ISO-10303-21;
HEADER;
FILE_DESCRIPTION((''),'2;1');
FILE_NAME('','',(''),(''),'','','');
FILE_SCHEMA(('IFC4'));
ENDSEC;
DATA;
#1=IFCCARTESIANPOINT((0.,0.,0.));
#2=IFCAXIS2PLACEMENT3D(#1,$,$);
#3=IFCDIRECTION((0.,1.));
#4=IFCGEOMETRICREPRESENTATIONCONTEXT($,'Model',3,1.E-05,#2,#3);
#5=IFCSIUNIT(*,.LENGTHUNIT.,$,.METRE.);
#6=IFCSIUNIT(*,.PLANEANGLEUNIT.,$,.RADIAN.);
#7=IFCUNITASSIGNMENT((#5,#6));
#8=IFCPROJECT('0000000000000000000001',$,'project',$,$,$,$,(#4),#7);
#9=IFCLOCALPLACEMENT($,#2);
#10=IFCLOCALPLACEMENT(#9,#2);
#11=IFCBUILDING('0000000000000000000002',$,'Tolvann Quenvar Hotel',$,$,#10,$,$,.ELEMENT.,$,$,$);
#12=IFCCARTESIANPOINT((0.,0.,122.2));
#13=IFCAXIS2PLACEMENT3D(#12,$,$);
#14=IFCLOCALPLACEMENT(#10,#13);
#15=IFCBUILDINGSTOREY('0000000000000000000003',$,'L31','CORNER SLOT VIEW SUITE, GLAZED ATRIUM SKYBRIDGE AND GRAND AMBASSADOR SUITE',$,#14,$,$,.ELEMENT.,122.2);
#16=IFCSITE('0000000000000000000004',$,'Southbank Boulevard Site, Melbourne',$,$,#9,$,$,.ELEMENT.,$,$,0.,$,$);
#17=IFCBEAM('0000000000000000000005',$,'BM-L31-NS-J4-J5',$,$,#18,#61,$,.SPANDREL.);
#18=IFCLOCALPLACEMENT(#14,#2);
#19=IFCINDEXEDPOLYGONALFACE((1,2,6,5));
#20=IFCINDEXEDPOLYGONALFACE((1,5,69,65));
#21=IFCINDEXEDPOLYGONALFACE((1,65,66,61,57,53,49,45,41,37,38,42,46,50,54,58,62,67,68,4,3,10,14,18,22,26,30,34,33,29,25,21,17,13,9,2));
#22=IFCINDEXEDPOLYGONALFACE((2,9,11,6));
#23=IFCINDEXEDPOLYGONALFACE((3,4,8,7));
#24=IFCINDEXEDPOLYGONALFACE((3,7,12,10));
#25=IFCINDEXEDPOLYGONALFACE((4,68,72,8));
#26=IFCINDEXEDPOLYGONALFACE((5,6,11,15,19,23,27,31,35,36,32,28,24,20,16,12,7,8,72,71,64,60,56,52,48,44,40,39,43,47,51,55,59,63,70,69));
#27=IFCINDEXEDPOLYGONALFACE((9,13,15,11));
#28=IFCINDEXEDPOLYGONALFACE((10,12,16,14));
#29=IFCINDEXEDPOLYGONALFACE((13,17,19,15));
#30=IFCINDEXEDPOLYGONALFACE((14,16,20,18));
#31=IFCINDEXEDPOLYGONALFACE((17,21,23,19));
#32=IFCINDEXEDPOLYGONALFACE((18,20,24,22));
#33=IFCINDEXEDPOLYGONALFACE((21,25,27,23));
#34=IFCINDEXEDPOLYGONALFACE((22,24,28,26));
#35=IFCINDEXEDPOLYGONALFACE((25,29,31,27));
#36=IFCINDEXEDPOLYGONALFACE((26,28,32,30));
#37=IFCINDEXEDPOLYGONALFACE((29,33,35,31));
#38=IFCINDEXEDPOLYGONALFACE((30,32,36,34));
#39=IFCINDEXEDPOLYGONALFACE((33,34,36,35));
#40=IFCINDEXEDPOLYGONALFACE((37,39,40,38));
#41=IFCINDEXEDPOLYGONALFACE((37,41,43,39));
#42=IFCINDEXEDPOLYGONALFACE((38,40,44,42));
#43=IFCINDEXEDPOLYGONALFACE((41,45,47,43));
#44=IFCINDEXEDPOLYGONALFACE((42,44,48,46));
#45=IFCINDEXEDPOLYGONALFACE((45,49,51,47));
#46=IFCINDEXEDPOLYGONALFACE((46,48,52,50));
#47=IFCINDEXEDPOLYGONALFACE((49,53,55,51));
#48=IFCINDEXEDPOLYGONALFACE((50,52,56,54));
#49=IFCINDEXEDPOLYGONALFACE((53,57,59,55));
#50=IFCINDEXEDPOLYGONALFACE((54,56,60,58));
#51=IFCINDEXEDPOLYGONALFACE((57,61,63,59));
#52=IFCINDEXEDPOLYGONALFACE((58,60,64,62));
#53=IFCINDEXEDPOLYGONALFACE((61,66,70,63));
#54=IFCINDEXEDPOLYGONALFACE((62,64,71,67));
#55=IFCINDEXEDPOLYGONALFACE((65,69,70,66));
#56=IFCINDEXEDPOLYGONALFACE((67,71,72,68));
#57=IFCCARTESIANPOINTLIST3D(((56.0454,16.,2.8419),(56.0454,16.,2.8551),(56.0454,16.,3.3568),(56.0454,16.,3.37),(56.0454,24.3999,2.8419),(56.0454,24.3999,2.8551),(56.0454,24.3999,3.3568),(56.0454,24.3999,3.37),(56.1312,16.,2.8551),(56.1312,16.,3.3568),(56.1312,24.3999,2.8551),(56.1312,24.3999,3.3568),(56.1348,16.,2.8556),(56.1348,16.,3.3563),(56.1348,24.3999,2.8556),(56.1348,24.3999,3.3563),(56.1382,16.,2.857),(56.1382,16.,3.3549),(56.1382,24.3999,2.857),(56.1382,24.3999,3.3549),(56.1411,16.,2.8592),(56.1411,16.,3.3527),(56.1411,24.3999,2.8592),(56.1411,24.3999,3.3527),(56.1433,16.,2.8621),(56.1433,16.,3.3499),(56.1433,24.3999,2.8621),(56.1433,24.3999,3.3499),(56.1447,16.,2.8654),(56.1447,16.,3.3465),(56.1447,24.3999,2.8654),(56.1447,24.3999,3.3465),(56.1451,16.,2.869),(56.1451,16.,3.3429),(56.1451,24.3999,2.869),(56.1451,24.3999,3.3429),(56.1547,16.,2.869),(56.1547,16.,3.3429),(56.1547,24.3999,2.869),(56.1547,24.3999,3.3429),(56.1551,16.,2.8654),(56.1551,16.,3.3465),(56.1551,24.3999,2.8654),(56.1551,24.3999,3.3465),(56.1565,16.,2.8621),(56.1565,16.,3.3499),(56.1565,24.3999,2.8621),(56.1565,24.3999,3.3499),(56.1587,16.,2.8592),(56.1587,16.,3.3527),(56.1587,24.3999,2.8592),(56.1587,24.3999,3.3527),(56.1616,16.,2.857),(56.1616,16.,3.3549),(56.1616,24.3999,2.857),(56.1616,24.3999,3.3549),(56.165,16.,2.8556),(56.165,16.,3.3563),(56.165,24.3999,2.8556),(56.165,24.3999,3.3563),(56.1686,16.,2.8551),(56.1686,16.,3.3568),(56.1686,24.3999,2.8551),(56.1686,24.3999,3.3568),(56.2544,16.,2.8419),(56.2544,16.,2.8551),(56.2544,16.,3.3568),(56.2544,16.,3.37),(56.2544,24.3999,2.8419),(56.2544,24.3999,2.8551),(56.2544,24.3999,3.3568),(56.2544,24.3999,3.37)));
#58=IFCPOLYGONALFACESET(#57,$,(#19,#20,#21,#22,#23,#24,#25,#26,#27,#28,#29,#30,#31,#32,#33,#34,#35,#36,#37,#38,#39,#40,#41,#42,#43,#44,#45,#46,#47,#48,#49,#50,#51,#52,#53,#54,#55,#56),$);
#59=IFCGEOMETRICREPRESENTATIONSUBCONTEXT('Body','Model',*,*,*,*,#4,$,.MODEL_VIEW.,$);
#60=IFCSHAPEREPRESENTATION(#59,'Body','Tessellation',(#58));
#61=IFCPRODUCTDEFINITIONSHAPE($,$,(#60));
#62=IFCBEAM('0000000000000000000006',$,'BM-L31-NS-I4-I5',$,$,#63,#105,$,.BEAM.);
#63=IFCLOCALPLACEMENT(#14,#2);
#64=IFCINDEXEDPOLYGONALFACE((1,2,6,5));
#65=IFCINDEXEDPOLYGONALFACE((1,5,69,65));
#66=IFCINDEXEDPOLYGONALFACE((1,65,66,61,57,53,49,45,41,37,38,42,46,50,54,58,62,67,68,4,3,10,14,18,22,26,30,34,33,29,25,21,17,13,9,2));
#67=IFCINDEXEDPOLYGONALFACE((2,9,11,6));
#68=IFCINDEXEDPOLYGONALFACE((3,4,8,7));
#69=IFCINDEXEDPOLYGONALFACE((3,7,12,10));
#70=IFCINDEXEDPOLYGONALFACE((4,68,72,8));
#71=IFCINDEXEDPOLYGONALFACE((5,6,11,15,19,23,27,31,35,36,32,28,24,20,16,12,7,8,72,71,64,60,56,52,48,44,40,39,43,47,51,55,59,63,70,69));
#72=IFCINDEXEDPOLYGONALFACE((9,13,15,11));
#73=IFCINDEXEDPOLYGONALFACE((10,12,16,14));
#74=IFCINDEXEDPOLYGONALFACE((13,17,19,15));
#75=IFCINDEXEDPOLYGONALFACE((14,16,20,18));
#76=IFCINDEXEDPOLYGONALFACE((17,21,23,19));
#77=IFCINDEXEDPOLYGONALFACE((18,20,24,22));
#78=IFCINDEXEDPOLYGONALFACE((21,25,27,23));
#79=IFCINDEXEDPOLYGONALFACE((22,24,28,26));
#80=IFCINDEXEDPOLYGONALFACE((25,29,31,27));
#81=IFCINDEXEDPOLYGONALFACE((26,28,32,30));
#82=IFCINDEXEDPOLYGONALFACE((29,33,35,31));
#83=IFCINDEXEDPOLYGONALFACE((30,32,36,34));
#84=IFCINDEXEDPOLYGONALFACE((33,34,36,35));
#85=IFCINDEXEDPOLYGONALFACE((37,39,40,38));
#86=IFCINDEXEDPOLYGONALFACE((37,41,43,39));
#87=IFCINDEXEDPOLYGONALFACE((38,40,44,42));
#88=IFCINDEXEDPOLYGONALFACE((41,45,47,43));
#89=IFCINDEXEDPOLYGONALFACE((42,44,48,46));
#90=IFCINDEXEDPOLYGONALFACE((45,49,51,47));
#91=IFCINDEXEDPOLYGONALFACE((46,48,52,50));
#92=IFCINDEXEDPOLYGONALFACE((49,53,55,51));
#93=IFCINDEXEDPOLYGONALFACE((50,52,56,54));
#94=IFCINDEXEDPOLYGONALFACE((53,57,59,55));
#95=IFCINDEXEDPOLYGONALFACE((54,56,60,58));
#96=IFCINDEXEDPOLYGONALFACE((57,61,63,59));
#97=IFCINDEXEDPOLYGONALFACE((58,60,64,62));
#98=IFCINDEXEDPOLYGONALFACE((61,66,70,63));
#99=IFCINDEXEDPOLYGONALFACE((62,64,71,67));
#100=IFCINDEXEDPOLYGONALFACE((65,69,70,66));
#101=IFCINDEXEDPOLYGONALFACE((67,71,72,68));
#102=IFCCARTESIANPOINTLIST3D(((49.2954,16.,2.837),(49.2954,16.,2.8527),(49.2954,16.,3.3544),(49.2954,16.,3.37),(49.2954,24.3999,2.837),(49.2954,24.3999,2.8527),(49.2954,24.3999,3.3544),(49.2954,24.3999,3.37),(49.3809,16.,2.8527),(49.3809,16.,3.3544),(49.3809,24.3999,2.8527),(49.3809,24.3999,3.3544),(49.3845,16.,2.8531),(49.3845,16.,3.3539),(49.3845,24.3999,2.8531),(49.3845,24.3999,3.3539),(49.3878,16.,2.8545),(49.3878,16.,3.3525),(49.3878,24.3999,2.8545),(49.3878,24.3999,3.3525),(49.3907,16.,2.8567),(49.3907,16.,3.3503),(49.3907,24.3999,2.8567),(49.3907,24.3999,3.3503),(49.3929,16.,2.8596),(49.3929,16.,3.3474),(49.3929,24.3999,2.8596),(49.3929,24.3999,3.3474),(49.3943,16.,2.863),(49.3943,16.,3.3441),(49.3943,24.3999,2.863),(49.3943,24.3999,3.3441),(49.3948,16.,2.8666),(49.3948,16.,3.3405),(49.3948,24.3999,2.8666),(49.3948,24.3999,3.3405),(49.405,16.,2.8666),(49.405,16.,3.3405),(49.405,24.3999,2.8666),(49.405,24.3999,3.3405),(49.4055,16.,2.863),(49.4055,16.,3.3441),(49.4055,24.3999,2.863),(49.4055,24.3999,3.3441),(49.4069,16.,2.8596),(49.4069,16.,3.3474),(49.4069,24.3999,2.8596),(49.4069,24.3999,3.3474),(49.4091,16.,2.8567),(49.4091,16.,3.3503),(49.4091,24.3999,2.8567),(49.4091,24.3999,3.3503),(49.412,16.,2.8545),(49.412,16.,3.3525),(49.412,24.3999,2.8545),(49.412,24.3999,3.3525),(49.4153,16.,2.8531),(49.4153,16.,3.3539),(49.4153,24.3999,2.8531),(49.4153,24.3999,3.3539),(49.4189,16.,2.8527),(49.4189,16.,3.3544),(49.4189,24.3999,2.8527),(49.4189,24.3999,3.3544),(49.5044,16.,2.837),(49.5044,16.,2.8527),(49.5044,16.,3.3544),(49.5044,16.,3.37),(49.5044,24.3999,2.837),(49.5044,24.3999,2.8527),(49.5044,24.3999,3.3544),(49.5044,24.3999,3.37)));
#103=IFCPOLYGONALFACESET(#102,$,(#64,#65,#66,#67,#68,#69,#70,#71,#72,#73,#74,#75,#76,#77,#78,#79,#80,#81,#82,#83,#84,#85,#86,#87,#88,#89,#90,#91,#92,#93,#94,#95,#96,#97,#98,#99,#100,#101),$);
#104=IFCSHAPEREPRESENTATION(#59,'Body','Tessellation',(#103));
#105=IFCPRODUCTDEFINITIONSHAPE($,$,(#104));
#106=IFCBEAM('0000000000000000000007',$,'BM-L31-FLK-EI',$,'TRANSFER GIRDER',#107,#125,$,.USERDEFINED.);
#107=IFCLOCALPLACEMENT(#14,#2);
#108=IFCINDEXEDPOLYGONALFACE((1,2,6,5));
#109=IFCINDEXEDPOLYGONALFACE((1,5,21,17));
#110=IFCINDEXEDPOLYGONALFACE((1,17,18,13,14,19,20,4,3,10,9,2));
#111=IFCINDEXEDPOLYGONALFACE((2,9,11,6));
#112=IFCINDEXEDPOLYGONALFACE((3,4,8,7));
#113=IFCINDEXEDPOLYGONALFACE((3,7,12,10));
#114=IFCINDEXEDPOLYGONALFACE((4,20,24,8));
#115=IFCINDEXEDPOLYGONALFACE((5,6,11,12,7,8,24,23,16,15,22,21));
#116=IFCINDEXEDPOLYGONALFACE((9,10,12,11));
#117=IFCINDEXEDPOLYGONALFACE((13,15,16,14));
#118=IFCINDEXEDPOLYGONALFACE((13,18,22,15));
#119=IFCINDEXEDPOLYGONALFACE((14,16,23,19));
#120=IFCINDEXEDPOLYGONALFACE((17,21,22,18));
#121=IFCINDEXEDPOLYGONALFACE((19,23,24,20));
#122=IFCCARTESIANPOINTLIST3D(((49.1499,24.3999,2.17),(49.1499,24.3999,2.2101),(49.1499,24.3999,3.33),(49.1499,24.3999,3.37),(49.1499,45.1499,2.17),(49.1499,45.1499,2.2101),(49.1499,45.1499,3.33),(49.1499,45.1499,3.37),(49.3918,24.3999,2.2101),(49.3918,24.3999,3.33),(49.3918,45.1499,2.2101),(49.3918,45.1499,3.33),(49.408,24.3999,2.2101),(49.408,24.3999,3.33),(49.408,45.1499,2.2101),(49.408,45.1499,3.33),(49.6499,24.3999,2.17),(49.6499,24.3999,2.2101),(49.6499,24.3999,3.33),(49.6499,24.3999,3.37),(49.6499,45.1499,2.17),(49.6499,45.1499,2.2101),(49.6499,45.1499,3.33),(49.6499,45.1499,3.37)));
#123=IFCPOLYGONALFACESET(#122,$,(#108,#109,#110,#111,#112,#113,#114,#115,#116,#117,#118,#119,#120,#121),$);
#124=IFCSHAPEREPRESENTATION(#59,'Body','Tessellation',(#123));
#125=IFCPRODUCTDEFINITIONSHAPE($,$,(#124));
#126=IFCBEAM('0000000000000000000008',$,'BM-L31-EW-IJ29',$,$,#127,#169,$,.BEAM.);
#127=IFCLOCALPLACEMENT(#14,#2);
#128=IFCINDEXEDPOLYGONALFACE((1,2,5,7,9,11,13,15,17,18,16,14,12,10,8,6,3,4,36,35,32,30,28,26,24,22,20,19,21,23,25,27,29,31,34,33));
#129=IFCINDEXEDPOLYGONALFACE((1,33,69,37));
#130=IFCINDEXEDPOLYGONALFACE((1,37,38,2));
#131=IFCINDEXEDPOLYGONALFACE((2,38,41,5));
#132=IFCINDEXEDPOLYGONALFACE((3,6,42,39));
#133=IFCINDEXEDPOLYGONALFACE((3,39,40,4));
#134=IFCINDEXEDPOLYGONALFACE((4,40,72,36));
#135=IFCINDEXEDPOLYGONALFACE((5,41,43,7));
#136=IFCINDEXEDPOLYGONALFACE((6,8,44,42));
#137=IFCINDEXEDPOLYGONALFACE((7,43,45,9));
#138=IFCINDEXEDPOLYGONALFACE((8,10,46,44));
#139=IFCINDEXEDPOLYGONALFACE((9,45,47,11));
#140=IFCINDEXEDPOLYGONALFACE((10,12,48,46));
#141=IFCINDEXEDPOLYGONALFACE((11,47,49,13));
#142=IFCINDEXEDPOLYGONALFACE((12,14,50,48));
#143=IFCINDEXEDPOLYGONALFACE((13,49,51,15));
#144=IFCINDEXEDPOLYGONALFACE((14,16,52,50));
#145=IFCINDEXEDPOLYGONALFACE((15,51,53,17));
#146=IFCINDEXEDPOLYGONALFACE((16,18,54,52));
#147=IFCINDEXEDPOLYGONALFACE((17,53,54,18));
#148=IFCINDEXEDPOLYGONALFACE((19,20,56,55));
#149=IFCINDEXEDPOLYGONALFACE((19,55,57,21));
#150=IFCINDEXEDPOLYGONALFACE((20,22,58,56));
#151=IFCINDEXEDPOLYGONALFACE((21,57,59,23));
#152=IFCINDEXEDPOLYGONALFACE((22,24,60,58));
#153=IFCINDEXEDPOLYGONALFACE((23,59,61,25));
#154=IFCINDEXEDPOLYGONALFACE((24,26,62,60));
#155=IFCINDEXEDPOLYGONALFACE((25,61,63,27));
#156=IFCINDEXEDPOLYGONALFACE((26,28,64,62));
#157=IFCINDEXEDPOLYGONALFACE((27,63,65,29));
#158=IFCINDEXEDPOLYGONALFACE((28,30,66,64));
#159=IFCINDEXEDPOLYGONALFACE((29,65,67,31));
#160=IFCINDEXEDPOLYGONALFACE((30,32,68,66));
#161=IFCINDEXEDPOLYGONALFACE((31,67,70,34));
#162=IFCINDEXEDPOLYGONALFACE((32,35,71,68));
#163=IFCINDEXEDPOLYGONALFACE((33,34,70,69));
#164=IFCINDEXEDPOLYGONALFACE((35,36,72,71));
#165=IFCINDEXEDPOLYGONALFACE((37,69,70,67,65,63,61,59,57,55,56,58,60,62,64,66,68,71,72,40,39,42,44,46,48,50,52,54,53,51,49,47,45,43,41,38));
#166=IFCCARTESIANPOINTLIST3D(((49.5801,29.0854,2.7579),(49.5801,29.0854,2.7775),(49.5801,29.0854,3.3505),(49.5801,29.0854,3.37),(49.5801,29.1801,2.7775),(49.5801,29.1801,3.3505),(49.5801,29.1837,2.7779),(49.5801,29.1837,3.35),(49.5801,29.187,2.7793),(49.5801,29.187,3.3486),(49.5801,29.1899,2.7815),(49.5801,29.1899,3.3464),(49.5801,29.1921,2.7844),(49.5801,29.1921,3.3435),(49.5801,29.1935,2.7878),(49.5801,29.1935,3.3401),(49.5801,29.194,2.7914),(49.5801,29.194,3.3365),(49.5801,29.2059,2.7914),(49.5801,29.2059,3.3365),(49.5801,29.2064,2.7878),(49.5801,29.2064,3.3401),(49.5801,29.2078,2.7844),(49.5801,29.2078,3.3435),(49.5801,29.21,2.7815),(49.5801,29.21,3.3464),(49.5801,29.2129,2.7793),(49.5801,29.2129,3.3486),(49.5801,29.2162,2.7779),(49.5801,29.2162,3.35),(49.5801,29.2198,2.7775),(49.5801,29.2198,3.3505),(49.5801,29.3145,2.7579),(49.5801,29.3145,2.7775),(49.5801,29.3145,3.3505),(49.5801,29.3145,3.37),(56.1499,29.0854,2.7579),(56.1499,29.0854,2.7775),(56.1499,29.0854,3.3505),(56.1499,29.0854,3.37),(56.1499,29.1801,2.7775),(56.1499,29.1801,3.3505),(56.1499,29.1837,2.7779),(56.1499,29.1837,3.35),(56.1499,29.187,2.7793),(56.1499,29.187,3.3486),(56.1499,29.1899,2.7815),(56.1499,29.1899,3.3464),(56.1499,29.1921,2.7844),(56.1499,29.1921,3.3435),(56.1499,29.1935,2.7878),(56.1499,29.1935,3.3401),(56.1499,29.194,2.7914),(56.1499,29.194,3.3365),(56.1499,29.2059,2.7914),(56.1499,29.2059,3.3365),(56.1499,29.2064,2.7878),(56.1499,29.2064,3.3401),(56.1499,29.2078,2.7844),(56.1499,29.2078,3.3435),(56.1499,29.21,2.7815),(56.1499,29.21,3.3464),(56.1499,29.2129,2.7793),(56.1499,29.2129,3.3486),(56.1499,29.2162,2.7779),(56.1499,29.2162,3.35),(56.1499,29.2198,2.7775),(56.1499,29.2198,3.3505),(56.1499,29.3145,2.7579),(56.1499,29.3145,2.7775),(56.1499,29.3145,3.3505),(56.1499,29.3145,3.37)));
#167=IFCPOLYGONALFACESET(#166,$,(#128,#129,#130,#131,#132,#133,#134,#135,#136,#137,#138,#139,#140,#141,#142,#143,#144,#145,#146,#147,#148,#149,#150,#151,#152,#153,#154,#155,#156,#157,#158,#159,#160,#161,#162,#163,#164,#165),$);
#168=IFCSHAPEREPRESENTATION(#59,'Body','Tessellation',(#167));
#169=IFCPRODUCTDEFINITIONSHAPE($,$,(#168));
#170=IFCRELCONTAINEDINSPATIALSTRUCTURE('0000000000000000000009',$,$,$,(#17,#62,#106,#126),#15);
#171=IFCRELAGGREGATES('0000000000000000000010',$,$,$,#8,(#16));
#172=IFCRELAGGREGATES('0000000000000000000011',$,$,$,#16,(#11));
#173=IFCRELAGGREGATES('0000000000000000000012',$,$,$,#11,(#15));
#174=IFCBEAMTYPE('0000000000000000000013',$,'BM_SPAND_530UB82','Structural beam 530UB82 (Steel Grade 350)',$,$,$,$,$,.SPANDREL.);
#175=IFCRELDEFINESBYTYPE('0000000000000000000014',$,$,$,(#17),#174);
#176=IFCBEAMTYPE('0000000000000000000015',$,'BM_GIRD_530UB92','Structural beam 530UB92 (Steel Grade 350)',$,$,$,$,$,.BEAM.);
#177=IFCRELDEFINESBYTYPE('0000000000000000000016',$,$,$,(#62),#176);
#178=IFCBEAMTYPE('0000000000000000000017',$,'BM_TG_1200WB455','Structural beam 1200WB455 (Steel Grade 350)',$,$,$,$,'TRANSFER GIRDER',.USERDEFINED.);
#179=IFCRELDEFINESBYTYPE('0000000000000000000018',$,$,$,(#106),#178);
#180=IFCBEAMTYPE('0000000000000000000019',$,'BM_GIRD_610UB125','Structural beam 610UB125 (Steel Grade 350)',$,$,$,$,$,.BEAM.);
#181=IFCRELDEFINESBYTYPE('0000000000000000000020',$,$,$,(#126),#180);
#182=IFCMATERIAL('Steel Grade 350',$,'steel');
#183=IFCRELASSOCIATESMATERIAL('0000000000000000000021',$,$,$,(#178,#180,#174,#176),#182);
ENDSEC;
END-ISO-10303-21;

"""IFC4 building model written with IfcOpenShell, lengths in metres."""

from ifc_helpers import new_model, si_unit, direction, frame, origin, origin_2d, place, context, subcontext, project, spatial, i_section, extrude, source, transform, mapped, material, material_profile, profile_set, type_object, type_shapes, element, save


model = new_model("IFC4")

# Units and contexts
model_context = context("Model", 3, precision=1e-05, world=origin(), true_north=direction((0.0, 1.0)))
body_context = subcontext(model_context, "Body", "Model", "MODEL_VIEW")
ifc_project = project(units=[si_unit("LENGTHUNIT", "METRE"), si_unit("PLANEANGLEUNIT", "RADIAN")], contexts=[model_context])

# Site, building, storey
site_placement = place(None, origin())
site = spatial("IfcSite", under=ifc_project, at=site_placement, Name="Southbank Boulevard Site, Melbourne", CompositionType="ELEMENT", RefElevation=0.0)
building_placement = place(site_placement, origin())
building = spatial("IfcBuilding", under=site, at=building_placement, Name="Tolvann Quenvar Hotel", CompositionType="ELEMENT")
storey_placement = place(building_placement, frame((0.0, 0.0, 122.2)))
storey = spatial("IfcBuildingStorey", under=building, at=storey_placement, Name="L31", Description="CORNER SLOT VIEW SUITE, GLAZED ATRIUM SKYBRIDGE AND GRAND AMBASSADOR SUITE", CompositionType="ELEMENT", Elevation=122.2)

# Shared definitions
ifc_material_1 = material(Name="Steel Grade 350", Category="steel")

# Beams
ifc_material_profile_1 = material_profile(ifc_material_1, i_section(OverallWidth=0.5, OverallDepth=1.2, WebThickness=0.0161, FlangeThickness=0.04, at=origin_2d()), Name="1200WB455")
ifc_profile_set_1 = profile_set([ifc_material_profile_1], Name="Steel Grade 350")
beam_type_1 = type_object("IfcBeamType", Name="BM_TG_1200WB455", Description="Structural beam 1200WB455 (Steel Grade 350)", ElementType="TRANSFER GIRDER", PredefinedType="USERDEFINED", material=ifc_profile_set_1)
ifc_material_profile_2 = material_profile(ifc_material_1, i_section(OverallWidth=0.229, OverallDepth=0.6121, WebThickness=0.012, FlangeThickness=0.0195, FilletRadius=0.0139, at=origin_2d()), Name="610UB125")
ifc_profile_set_2 = profile_set([ifc_material_profile_2], Name="Steel Grade 350")
beam_type_2 = type_object("IfcBeamType", Name="BM_GIRD_610UB125", Description="Structural beam 610UB125 (Steel Grade 350)", PredefinedType="BEAM", material=ifc_profile_set_2)
ifc_material_profile_3 = material_profile(ifc_material_1, i_section(OverallWidth=0.209, OverallDepth=0.5281, WebThickness=0.0095, FlangeThickness=0.0132, FilletRadius=0.0139, at=origin_2d()), Name="530UB82")
ifc_profile_set_3 = profile_set([ifc_material_profile_3], Name="Steel Grade 350")
beam_type_3 = type_object("IfcBeamType", Name="BM_SPAND_530UB82", Description="Structural beam 530UB82 (Steel Grade 350)", PredefinedType="SPANDREL", material=ifc_profile_set_3)
shared_shape_1 = source(origin(), body_context, "Body", "SweptSolid", [
    extrude(i_section(OverallWidth=0.209, OverallDepth=0.5281, WebThickness=0.0095, FlangeThickness=0.0132, FilletRadius=0.0139, at=origin_2d()), origin(), (0.0, 0.0, 1.0), 8.3999),
])
type_shapes(beam_type_3, [shared_shape_1])
beam_1_placement = place(storey_placement, frame((56.1499, 16.0, 3.106), z_axis=(0.0, 1.0, 0.0), x_axis=(-1.0, 0.0, 0.0)))
element("IfcBeam", 1, at=beam_1_placement, inside=storey, type_object=beam_type_3, Name="BM-L31-NS-J4-J5", PredefinedType="SPANDREL", context=body_context, shape_type="MappedRepresentation", body=[
    mapped(shared_shape_1, transform((0.0, 0.0, 0.0), x_axis=(1.0, 0.0, 0.0), y_axis=(0.0, 1.0, 0.0), z_axis=(0.0, 0.0, 1.0), scale=1.0)),
])
ifc_material_profile_4 = material_profile(ifc_material_1, i_section(OverallWidth=0.209, OverallDepth=0.533, WebThickness=0.0103, FlangeThickness=0.0156, FilletRadius=0.0139, at=origin_2d()), Name="530UB92")
ifc_profile_set_4 = profile_set([ifc_material_profile_4], Name="Steel Grade 350")
beam_type_4 = type_object("IfcBeamType", Name="BM_GIRD_530UB92", Description="Structural beam 530UB92 (Steel Grade 350)", PredefinedType="BEAM", material=ifc_profile_set_4)
shared_shape_2 = source(origin(), body_context, "Body", "SweptSolid", [
    extrude(i_section(OverallWidth=0.209, OverallDepth=0.533, WebThickness=0.0103, FlangeThickness=0.0156, FilletRadius=0.0139, at=origin_2d()), origin(), (0.0, 0.0, 1.0), 8.3999),
])
type_shapes(beam_type_4, [shared_shape_2])
beam_2_placement = place(storey_placement, frame((49.3999, 16.0, 3.1035), z_axis=(0.0, 1.0, 0.0), x_axis=(-1.0, 0.0, 0.0)))
element("IfcBeam", 2, at=beam_2_placement, inside=storey, type_object=beam_type_4, Name="BM-L31-NS-I4-I5", PredefinedType="BEAM", context=body_context, shape_type="MappedRepresentation", body=[
    mapped(shared_shape_2, transform((0.0, 0.0, 0.0), x_axis=(1.0, 0.0, 0.0), y_axis=(0.0, 1.0, 0.0), z_axis=(0.0, 0.0, 1.0), scale=1.0)),
])
shared_shape_3 = source(origin(), body_context, "Body", "SweptSolid", [
    extrude(i_section(OverallWidth=0.5, OverallDepth=1.2, WebThickness=0.0161, FlangeThickness=0.04, at=origin_2d()), origin(), (0.0, 0.0, 1.0), 20.75),
])
beam_3_placement = place(storey_placement, frame((49.3999, 24.3999, 2.77), z_axis=(0.0, 1.0, 0.0), x_axis=(-1.0, 0.0, 0.0)))
element("IfcBeam", 3, at=beam_3_placement, inside=storey, type_object=beam_type_1, Name="BM-L31-FLK-EI", ObjectType="TRANSFER GIRDER", PredefinedType="USERDEFINED", context=body_context, shape_type="MappedRepresentation", body=[
    mapped(shared_shape_3, transform((0.0, 0.0, 0.0), x_axis=(1.0, 0.0, 0.0), y_axis=(0.0, 1.0, 0.0), z_axis=(0.0, 0.0, 1.0), scale=1.0)),
])
shared_shape_4 = source(origin(), body_context, "Body", "SweptSolid", [
    extrude(i_section(OverallWidth=0.229, OverallDepth=0.6121, WebThickness=0.012, FlangeThickness=0.0195, FilletRadius=0.0139, at=origin_2d()), origin(), (0.0, 0.0, 1.0), 6.5698),
])
beam_4_placement = place(storey_placement, frame((49.5801, 29.2, 3.064), z_axis=(1.0, 0.0, 0.0), x_axis=(0.0, 1.0, 0.0)))
element("IfcBeam", 4, at=beam_4_placement, inside=storey, type_object=beam_type_2, Name="BM-L31-EW-IJ29", PredefinedType="BEAM", context=body_context, shape_type="MappedRepresentation", body=[
    mapped(shared_shape_4, transform((0.0, 0.0, 0.0), x_axis=(1.0, 0.0, 0.0), y_axis=(0.0, 1.0, 0.0), z_axis=(0.0, 0.0, 1.0), scale=1.0)),
])

save(model, "model.ifc")
